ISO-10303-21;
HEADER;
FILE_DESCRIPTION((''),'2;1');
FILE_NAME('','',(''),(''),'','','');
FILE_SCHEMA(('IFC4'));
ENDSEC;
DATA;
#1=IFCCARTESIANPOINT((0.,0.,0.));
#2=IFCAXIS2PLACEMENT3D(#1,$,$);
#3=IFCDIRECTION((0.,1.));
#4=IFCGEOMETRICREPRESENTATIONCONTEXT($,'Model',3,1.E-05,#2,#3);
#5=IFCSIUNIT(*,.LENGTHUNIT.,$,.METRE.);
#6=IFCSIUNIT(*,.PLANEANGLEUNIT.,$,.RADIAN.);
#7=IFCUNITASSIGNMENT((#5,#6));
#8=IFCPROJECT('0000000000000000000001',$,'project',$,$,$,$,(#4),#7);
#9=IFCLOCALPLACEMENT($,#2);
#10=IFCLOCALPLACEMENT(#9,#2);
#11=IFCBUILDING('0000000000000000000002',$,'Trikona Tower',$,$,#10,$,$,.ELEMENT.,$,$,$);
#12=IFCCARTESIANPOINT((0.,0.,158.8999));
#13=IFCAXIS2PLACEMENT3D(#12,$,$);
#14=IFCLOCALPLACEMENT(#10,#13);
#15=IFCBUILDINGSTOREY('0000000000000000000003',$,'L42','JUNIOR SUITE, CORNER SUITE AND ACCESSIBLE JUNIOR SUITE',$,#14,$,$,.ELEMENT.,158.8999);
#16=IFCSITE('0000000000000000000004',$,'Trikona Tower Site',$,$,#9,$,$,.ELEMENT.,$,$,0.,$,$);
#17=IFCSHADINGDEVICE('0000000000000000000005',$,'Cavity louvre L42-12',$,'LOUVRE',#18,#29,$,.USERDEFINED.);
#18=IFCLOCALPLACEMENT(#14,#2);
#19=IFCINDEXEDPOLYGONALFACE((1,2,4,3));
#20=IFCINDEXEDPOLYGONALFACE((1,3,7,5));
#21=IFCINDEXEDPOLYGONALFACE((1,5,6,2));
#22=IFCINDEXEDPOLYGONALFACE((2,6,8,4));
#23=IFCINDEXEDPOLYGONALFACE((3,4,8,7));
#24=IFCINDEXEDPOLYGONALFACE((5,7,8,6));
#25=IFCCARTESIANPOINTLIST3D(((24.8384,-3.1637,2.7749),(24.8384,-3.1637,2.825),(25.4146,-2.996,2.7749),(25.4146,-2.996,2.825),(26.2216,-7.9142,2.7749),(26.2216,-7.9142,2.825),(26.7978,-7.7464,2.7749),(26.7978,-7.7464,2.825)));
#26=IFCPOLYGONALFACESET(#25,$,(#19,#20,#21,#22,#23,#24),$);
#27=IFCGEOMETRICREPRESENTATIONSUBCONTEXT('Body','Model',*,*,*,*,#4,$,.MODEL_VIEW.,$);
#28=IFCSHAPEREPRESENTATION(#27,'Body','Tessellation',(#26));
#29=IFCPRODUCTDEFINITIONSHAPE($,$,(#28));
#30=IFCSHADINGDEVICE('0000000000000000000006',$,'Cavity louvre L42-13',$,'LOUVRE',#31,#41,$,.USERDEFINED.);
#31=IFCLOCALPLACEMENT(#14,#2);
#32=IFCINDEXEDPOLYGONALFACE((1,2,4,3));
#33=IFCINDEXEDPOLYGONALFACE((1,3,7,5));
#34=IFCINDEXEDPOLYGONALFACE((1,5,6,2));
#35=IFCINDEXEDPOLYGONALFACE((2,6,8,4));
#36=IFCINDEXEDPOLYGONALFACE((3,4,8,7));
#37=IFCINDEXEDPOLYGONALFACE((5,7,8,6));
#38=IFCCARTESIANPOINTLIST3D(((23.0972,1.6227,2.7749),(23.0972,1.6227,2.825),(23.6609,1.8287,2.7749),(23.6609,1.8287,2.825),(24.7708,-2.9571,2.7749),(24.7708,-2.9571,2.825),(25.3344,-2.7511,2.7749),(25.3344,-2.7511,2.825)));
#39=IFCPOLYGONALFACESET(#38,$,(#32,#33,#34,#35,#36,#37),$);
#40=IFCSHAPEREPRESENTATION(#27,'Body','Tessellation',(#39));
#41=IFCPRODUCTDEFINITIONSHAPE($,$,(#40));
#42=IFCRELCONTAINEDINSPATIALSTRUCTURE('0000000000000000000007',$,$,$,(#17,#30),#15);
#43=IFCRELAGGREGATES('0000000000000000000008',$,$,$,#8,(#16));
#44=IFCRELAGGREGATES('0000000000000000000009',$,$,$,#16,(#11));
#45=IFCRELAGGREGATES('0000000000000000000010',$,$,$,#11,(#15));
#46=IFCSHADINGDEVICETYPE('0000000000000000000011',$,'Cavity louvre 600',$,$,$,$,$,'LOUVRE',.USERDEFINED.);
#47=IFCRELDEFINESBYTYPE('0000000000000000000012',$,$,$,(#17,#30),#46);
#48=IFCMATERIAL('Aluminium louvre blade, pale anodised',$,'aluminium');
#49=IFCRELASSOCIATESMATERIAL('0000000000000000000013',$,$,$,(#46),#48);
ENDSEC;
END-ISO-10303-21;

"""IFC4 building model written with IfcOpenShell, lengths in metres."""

from ifc_helpers import new_model, si_unit, direction, frame, origin, origin_2d, place, context, subcontext, project, spatial, rectangle, extrude, material, type_object, element, save


model = new_model("IFC4")

# Units and contexts
model_context = context("Model", 3, precision=1e-05, world=origin(), true_north=direction((0.0, 1.0)))
body_context = subcontext(model_context, "Body", "Model", "MODEL_VIEW")
ifc_project = project(units=[si_unit("LENGTHUNIT", "METRE"), si_unit("PLANEANGLEUNIT", "RADIAN")], contexts=[model_context])

# Site, building, storey
site_placement = place(None, origin())
site = spatial("IfcSite", under=ifc_project, at=site_placement, Name="Trikona Tower Site", CompositionType="ELEMENT", RefElevation=0.0)
building_placement = place(site_placement, origin())
building = spatial("IfcBuilding", under=site, at=building_placement, Name="Trikona Tower", CompositionType="ELEMENT")
storey_placement = place(building_placement, frame((0.0, 0.0, 158.8999)))
storey = spatial("IfcBuildingStorey", under=building, at=storey_placement, Name="L42", Description="JUNIOR SUITE, CORNER SUITE AND ACCESSIBLE JUNIOR SUITE", CompositionType="ELEMENT", Elevation=158.8999)

# Shading devices
ifc_material_1 = material(Name="Aluminium louvre blade, pale anodised", Category="aluminium")
shading_device_type = type_object("IfcShadingDeviceType", Name="Cavity louvre 600", ElementType="LOUVRE", PredefinedType="USERDEFINED", material=ifc_material_1)
shading_device_1_placement = place(storey_placement, frame((25.8181, -5.4551, 2.7749), z_axis=(0.0, 0.0, 1.0), x_axis=(-0.279554, 0.96013, 0.0)))
element("IfcShadingDevice", 1, at=shading_device_1_placement, inside=storey, type_object=shading_device_type, Name="Cavity louvre L42-12", ObjectType="LOUVRE", PredefinedType="USERDEFINED", context=body_context, shape_type="SweptSolid", body=[
    extrude(rectangle(XDim=4.9478, YDim=0.6001, at=origin_2d()), origin(), (0.0, 0.0, 1.0), 0.05),
])
shading_device_2_placement = place(storey_placement, frame((24.2158, -0.5642, 2.7749), z_axis=(0.0, 0.0, 1.0), x_axis=(-0.34322, 0.939255, 0.0)))
element("IfcShadingDevice", 2, at=shading_device_2_placement, inside=storey, type_object=shading_device_type, Name="Cavity louvre L42-13", ObjectType="LOUVRE", PredefinedType="USERDEFINED", context=body_context, shape_type="SweptSolid", body=[
    extrude(rectangle(XDim=4.876, YDim=0.6001, at=origin_2d()), origin(), (0.0, 0.0, 1.0), 0.05),
])

save(model, "model.ifc")
